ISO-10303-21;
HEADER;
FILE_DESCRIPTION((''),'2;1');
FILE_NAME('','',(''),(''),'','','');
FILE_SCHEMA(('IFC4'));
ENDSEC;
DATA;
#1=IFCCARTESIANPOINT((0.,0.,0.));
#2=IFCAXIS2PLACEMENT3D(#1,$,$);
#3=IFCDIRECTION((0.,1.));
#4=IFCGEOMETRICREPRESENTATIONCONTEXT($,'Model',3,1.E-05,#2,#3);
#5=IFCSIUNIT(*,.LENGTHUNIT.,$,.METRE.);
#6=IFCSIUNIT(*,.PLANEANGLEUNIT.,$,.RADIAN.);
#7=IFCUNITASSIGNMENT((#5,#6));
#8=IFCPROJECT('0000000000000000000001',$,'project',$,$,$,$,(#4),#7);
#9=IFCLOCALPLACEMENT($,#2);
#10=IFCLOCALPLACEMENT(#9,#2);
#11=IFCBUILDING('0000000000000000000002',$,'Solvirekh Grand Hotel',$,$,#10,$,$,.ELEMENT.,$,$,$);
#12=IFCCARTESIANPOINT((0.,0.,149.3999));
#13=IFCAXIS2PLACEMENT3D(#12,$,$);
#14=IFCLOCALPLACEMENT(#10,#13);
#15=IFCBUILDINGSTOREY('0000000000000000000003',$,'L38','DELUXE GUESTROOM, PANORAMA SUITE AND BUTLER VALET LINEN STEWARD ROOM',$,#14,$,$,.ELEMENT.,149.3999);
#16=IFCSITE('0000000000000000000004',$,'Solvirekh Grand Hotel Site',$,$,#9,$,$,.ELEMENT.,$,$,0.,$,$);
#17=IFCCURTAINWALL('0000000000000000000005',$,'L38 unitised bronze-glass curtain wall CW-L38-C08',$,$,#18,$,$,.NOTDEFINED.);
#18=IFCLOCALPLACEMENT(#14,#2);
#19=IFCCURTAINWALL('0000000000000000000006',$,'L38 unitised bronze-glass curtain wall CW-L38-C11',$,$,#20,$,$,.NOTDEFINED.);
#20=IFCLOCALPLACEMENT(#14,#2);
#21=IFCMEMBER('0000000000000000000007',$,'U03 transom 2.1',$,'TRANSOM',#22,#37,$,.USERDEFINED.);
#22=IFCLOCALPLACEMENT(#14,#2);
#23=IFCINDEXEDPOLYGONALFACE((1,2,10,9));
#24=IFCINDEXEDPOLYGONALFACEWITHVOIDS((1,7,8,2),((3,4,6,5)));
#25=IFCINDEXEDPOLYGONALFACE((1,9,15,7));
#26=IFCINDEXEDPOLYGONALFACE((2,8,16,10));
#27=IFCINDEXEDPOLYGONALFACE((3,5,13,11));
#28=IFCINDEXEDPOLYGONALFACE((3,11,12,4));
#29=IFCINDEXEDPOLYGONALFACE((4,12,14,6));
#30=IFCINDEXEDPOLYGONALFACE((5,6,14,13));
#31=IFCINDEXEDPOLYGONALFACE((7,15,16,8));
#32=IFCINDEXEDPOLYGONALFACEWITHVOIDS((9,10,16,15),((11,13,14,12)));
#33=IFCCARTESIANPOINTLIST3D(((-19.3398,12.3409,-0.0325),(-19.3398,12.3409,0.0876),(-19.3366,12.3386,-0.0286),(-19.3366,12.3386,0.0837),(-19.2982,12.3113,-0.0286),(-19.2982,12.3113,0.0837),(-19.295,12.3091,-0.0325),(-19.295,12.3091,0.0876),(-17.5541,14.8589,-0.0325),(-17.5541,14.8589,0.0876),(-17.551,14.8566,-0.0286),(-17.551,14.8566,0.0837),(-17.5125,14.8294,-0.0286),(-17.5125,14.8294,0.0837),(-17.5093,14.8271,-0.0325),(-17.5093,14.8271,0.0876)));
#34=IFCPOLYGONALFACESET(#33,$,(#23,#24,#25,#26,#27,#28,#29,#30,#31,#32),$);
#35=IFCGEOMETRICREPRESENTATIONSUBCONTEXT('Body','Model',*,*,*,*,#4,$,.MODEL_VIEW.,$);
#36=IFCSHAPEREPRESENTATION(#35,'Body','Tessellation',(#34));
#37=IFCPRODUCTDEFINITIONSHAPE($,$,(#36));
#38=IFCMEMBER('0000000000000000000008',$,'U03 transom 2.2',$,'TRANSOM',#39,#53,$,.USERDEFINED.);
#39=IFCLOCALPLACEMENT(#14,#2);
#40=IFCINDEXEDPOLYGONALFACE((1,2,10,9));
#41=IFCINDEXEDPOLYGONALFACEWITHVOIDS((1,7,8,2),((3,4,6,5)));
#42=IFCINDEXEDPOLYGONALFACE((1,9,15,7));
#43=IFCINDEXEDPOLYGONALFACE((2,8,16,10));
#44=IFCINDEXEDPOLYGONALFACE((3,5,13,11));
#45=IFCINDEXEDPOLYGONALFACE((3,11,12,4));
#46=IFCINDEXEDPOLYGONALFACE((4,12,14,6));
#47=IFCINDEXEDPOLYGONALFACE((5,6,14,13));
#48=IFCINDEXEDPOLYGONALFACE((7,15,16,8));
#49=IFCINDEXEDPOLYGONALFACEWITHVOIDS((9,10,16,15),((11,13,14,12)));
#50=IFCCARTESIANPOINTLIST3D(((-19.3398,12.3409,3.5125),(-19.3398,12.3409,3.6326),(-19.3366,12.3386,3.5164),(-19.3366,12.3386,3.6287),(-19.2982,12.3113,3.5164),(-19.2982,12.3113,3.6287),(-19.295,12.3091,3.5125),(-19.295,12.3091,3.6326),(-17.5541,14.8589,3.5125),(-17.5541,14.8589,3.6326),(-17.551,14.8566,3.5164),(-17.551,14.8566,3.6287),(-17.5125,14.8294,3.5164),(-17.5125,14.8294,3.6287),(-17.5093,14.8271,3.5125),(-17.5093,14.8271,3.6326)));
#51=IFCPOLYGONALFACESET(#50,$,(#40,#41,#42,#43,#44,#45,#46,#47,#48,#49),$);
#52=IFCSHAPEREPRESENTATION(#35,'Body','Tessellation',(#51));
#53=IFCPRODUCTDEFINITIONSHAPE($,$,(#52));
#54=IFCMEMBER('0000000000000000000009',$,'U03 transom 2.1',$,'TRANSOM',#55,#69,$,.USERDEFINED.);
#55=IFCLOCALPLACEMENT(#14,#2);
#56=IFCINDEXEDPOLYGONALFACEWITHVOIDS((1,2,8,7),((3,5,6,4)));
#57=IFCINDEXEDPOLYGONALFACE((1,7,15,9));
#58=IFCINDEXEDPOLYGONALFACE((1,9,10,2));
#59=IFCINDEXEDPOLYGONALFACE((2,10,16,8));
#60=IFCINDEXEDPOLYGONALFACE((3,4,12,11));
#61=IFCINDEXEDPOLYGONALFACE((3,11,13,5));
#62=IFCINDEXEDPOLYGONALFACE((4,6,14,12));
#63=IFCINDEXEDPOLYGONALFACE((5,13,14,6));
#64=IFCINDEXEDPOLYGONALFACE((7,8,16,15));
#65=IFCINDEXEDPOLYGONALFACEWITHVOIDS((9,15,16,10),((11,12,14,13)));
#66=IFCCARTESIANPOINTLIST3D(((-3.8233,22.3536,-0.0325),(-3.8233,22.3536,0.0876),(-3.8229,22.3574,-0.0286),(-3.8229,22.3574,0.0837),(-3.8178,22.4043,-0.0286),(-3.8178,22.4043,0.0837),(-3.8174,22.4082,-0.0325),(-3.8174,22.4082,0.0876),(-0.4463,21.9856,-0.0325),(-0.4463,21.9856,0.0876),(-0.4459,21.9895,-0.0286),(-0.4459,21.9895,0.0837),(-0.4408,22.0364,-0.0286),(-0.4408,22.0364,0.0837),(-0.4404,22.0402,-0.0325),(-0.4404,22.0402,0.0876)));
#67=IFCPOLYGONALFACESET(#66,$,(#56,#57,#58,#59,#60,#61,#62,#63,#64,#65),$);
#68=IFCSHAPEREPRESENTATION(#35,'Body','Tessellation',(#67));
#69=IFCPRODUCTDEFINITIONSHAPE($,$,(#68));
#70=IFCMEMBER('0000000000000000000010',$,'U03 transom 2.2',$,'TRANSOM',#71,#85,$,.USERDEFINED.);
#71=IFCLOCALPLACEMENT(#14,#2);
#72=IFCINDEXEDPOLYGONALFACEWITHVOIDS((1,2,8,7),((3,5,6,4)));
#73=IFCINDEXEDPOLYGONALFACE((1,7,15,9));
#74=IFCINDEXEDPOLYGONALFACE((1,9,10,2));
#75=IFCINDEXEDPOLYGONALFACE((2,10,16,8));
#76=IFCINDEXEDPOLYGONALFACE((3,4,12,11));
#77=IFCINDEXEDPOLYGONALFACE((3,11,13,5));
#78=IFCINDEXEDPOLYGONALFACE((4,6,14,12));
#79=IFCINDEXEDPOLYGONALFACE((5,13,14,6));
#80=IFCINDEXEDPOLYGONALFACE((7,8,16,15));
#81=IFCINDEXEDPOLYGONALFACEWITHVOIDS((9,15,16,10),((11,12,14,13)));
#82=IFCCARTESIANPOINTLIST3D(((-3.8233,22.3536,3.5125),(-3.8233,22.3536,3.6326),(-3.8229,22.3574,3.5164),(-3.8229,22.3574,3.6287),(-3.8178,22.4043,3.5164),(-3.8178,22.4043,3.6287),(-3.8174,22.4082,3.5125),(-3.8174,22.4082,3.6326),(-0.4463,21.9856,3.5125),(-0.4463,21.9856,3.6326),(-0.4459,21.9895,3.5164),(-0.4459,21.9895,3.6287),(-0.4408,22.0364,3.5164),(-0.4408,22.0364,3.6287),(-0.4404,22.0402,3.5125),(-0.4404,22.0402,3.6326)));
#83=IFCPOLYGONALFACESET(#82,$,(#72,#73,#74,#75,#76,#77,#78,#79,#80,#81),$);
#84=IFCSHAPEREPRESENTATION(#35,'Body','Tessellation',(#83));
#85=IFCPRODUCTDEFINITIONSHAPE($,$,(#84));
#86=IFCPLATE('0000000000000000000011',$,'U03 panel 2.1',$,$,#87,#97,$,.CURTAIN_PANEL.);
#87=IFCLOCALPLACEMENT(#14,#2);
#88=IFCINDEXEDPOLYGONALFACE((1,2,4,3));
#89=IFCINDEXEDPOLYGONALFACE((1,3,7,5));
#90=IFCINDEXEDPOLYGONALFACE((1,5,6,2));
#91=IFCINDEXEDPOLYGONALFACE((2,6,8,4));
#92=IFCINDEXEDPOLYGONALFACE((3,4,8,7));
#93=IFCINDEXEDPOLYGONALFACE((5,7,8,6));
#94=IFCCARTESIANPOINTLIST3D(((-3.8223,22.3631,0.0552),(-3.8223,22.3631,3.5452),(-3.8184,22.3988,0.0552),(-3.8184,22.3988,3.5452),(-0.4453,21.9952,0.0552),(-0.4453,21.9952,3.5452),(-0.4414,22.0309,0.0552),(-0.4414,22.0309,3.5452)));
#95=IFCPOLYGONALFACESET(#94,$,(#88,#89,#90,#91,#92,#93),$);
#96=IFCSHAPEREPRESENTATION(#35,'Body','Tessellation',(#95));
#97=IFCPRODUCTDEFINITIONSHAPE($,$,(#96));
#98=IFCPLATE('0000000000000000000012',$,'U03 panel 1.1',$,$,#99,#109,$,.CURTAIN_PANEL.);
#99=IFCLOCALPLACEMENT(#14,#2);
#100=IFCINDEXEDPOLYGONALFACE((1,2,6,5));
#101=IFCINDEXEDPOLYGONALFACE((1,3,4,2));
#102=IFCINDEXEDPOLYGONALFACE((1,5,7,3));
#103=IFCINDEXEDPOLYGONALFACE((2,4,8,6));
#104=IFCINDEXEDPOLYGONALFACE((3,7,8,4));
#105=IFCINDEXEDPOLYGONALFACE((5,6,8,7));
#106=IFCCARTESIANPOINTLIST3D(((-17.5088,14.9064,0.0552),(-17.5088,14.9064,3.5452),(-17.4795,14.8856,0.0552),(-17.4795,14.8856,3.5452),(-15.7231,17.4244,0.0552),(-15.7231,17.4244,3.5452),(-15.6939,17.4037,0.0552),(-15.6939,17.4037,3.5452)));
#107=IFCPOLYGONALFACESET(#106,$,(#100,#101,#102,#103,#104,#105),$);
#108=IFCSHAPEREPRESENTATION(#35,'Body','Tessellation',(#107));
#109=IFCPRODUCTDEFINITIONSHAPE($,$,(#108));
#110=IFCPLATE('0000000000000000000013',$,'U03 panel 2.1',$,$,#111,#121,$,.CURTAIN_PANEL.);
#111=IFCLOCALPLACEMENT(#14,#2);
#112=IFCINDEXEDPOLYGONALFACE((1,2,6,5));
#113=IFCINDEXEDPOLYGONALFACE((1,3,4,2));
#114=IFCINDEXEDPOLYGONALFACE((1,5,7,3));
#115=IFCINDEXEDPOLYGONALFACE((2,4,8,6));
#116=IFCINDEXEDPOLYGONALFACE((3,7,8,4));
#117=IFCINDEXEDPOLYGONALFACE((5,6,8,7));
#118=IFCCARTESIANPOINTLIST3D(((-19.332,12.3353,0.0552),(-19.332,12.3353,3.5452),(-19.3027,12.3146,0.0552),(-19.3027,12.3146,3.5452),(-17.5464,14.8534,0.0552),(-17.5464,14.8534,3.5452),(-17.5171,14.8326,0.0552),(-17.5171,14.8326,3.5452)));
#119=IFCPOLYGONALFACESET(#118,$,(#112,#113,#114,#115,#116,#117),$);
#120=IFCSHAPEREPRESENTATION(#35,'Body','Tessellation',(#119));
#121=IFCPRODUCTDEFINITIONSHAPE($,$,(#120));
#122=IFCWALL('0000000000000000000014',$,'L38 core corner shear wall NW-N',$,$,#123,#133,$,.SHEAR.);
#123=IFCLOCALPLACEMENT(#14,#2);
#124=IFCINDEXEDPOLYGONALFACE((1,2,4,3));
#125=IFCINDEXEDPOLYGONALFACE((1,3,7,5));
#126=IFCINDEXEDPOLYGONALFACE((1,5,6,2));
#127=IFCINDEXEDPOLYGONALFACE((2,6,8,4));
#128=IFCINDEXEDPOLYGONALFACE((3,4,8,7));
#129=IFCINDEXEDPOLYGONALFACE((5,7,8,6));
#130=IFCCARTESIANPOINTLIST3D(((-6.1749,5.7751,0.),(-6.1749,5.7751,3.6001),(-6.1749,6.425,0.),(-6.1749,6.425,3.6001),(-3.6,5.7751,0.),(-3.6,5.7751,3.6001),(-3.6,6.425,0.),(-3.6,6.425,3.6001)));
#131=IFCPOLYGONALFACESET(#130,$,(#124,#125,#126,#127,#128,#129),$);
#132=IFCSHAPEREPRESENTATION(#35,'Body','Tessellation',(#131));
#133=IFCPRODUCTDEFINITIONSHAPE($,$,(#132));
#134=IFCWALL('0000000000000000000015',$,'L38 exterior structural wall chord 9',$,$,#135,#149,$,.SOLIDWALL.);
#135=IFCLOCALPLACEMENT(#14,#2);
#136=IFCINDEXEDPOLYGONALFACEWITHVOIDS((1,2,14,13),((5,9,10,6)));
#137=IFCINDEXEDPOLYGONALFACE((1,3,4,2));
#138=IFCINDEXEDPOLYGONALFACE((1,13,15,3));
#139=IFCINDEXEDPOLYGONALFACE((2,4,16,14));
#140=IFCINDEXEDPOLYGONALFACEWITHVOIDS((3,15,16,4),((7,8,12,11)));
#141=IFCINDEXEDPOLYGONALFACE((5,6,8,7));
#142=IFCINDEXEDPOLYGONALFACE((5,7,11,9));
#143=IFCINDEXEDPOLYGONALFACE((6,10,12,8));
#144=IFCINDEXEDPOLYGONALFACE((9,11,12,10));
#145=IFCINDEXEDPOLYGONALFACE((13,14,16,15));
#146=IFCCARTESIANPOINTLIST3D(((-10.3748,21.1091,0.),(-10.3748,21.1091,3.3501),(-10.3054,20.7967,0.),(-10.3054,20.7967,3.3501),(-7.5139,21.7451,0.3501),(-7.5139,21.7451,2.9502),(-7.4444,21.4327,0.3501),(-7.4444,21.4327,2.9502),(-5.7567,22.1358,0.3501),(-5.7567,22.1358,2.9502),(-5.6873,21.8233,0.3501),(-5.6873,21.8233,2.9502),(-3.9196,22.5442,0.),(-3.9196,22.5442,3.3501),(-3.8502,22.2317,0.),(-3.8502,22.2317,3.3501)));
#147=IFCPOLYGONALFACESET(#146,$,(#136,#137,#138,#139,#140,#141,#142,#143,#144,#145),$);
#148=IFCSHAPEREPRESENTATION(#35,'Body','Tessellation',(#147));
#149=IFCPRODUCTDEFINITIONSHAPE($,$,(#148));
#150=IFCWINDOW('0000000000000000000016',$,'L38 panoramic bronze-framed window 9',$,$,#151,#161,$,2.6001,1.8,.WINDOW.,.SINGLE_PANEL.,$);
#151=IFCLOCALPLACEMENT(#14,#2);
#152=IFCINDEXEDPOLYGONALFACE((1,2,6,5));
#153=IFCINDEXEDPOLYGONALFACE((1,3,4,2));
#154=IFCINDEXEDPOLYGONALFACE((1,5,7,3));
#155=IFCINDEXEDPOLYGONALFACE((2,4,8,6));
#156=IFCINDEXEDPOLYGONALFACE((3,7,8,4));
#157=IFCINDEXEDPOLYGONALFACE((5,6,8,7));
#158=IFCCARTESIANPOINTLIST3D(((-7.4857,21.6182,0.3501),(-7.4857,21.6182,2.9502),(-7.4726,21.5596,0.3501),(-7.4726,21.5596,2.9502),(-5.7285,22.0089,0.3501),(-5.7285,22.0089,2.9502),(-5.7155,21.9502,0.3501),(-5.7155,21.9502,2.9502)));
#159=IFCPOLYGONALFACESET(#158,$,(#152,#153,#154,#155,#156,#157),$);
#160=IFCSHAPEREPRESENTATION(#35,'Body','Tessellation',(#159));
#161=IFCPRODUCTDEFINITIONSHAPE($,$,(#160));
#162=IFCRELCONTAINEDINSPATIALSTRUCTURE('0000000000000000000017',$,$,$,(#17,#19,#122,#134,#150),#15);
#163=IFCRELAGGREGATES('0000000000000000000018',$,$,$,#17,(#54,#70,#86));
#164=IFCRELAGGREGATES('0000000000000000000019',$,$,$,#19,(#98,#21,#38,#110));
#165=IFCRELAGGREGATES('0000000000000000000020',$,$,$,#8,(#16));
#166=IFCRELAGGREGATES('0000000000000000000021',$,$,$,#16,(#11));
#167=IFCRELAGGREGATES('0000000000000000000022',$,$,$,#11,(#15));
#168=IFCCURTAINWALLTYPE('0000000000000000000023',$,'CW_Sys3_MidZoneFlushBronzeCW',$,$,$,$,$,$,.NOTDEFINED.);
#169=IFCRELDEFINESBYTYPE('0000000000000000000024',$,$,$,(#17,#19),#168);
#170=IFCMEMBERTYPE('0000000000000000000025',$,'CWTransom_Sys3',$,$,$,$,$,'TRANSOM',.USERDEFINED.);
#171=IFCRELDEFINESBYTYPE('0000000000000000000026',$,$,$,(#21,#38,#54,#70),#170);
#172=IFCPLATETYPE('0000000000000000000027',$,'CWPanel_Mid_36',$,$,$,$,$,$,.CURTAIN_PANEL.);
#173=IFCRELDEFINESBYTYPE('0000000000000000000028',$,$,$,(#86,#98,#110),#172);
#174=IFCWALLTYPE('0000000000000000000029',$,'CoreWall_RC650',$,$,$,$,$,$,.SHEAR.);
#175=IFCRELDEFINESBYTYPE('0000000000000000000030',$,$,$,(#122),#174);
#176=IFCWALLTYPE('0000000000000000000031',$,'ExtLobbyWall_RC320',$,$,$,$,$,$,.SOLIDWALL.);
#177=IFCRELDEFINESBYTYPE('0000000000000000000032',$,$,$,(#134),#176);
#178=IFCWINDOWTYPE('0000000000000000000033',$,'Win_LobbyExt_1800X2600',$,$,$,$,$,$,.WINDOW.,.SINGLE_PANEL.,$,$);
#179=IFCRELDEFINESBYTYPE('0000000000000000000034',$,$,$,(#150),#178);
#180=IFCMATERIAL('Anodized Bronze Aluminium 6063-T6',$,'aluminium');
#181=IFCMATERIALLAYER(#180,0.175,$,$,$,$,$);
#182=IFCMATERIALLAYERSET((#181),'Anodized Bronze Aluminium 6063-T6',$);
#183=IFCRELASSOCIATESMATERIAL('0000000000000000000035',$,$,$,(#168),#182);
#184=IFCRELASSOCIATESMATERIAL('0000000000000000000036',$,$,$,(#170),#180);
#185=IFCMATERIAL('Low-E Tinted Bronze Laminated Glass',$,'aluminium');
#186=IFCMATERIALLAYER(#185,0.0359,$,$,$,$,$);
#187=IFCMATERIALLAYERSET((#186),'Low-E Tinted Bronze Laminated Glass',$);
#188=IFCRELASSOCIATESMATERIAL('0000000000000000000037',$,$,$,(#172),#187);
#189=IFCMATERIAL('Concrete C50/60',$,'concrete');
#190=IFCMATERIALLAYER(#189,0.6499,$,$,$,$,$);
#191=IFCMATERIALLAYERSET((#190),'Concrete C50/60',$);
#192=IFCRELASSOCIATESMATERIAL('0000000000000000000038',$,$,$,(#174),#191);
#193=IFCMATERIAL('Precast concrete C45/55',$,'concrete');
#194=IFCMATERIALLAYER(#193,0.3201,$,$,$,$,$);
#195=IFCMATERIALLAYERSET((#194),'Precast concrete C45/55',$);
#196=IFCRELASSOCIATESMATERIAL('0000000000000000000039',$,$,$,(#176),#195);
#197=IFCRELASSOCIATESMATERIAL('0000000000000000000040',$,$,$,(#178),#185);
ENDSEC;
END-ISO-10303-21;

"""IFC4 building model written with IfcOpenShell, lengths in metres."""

from ifc_helpers import new_model, si_unit, direction, frame, frame_2d, origin, origin_2d, place, context, subcontext, project, spatial, rectangle, hollow_rectangle, extrude, source, transform, mapped, material, layer, layer_set, material_profile, profile_set, type_object, element, fill, aggregate, save


model = new_model("IFC4")

# Units and contexts
model_context = context("Model", 3, precision=1e-05, world=origin(), true_north=direction((0.0, 1.0)))
body_context = subcontext(model_context, "Body", "Model", "MODEL_VIEW")
ifc_project = project(units=[si_unit("LENGTHUNIT", "METRE"), si_unit("PLANEANGLEUNIT", "RADIAN")], contexts=[model_context])

# Site, building, storey
site_placement = place(None, origin())
site = spatial("IfcSite", under=ifc_project, at=site_placement, Name="Solvirekh Grand Hotel Site", CompositionType="ELEMENT", RefElevation=0.0)
building_placement = place(site_placement, origin())
building = spatial("IfcBuilding", under=site, at=building_placement, Name="Solvirekh Grand Hotel", CompositionType="ELEMENT")
storey_placement = place(building_placement, frame((0.0, 0.0, 149.3999)))
storey = spatial("IfcBuildingStorey", under=building, at=storey_placement, Name="L38", Description="DELUXE GUESTROOM, PANORAMA SUITE AND BUTLER VALET LINEN STEWARD ROOM", CompositionType="ELEMENT", Elevation=149.3999)

# Shared definitions
ifc_material_1 = material(Name="Concrete C50/60", Category="concrete")

# Curtain walls, members
ifc_material_2 = material(Name="Anodized Bronze Aluminium 6063-T6", Category="aluminium")
ifc_layer_1 = layer(ifc_material_2, 0.175)
ifc_layer_set_1 = layer_set([ifc_layer_1], Name="Anodized Bronze Aluminium 6063-T6")
curtain_wall_type = type_object("IfcCurtainWallType", Name="CW_Sys3_MidZoneFlushBronzeCW", PredefinedType="NOTDEFINED", material=ifc_layer_set_1)
curtain_wall_1_placement = place(storey_placement, origin())
curtain_wall_1 = element("IfcCurtainWall", 1, at=curtain_wall_1_placement, inside=storey, type_object=curtain_wall_type, Name="L38 unitised bronze-glass curtain wall CW-L38-C08", PredefinedType="NOTDEFINED")
curtain_wall_2_placement = place(storey_placement, origin())
curtain_wall_2 = element("IfcCurtainWall", 2, at=curtain_wall_2_placement, inside=storey, type_object=curtain_wall_type, Name="L38 unitised bronze-glass curtain wall CW-L38-C11", PredefinedType="NOTDEFINED")
ifc_material_profile_1 = material_profile(ifc_material_2, hollow_rectangle(XDim=0.0549, YDim=0.1201, WallThickness=0.0039, at=origin_2d()), Name="ALU RHS 120X55X4")
ifc_profile_set_1 = profile_set([ifc_material_profile_1], Name="Anodized Bronze Aluminium 6063-T6")
member_type_1 = type_object("IfcMemberType", Name="CWTransom_Sys3", ElementType="TRANSOM", PredefinedType="USERDEFINED", material=ifc_profile_set_1)
shared_shape_1 = source(origin(), body_context, "Body", "SweptSolid", [
    extrude(hollow_rectangle(XDim=0.0549, YDim=0.1201, WallThickness=0.0039, at=origin_2d()), origin(), (0.0, 0.0, 1.0), 3.0869),
])
member_1_placement = place(storey_placement, frame((-17.5317, 14.843, 0.0276), z_axis=(-0.578452, -0.815717, 0.0), x_axis=(0.815717, -0.578452, 0.0)))
member_1 = element("IfcMember", 3, at=member_1_placement, type_object=member_type_1, Name="U03 transom 2.1", ObjectType="TRANSOM", PredefinedType="USERDEFINED", context=body_context, shape_type="MappedRepresentation", body=[
    mapped(shared_shape_1, transform((0.0, 0.0, 0.0), x_axis=(1.0, 0.0, 0.0), y_axis=(0.0, 1.0, 0.0), z_axis=(0.0, 0.0, 1.0), scale=1.0)),
])
member_2_placement = place(storey_placement, frame((-17.5317, 14.843, 3.5725), z_axis=(-0.578452, -0.815717, 0.0), x_axis=(0.815717, -0.578452, 0.0)))
member_2 = element("IfcMember", 4, at=member_2_placement, type_object=member_type_1, Name="U03 transom 2.2", ObjectType="TRANSOM", PredefinedType="USERDEFINED", context=body_context, shape_type="MappedRepresentation", body=[
    mapped(shared_shape_1, transform((0.0, 0.0, 0.0), x_axis=(1.0, 0.0, 0.0), y_axis=(0.0, 1.0, 0.0), z_axis=(0.0, 0.0, 1.0), scale=1.0)),
])

# Members
shared_shape_2 = source(origin(), body_context, "Body", "SweptSolid", [
    extrude(hollow_rectangle(XDim=0.0549, YDim=0.1201, WallThickness=0.0039, at=origin_2d()), origin(), (0.0, 0.0, 1.0), 3.397),
])
member_3_placement = place(storey_placement, frame((-0.4434, 22.0129, 0.0276), z_axis=(-0.994117, 0.108309, 0.0), x_axis=(-0.108309, -0.994117, 0.0)))
member_3 = element("IfcMember", 5, at=member_3_placement, type_object=member_type_1, Name="U03 transom 2.1", ObjectType="TRANSOM", PredefinedType="USERDEFINED", context=body_context, shape_type="MappedRepresentation", body=[
    mapped(shared_shape_2, transform((0.0, 0.0, 0.0), x_axis=(1.0, 0.0, 0.0), y_axis=(0.0, 1.0, 0.0), z_axis=(0.0, 0.0, 1.0), scale=1.0)),
])
member_4_placement = place(storey_placement, frame((-0.4434, 22.0129, 3.5725), z_axis=(-0.994117, 0.108309, 0.0), x_axis=(-0.108309, -0.994117, 0.0)))
member_4 = element("IfcMember", 6, at=member_4_placement, type_object=member_type_1, Name="U03 transom 2.2", ObjectType="TRANSOM", PredefinedType="USERDEFINED", context=body_context, shape_type="MappedRepresentation", body=[
    mapped(shared_shape_2, transform((0.0, 0.0, 0.0), x_axis=(1.0, 0.0, 0.0), y_axis=(0.0, 1.0, 0.0), z_axis=(0.0, 0.0, 1.0), scale=1.0)),
])

# Plates
ifc_material_3 = material(Name="Low-E Tinted Bronze Laminated Glass", Category="aluminium")
ifc_layer_2 = layer(ifc_material_3, 0.0359)
ifc_layer_set_2 = layer_set([ifc_layer_2], Name="Low-E Tinted Bronze Laminated Glass")
plate_type = type_object("IfcPlateType", Name="CWPanel_Mid_36", PredefinedType="CURTAIN_PANEL", material=ifc_layer_set_2)
shared_shape_3 = source(origin(), body_context, "Body", "SweptSolid", [
    extrude(rectangle(XDim=3.397, YDim=0.0359, at=origin_2d()), origin(), (0.0, 0.0, 1.0), 3.49),
])
plate_1_placement = place(storey_placement, frame((-2.1318, 22.197, 0.0552), z_axis=(0.0, 0.0, 1.0), x_axis=(-0.994117, 0.108311, 0.0)))
plate_1 = element("IfcPlate", 7, at=plate_1_placement, type_object=plate_type, Name="U03 panel 2.1", PredefinedType="CURTAIN_PANEL", context=body_context, shape_type="MappedRepresentation", body=[
    mapped(shared_shape_3, transform((0.0, 0.0, 0.0), x_axis=(1.0, 0.0, 0.0), y_axis=(0.0, 1.0, 0.0), z_axis=(0.0, 0.0, 1.0), scale=1.0)),
])
aggregate(curtain_wall_1, [member_3, member_4, plate_1])
shared_shape_4 = source(origin(), body_context, "Body", "SweptSolid", [
    extrude(rectangle(XDim=3.0869, YDim=0.0359, at=origin_2d()), origin(), (0.0, 0.0, 1.0), 3.49),
])
plate_2_placement = place(storey_placement, frame((-16.6013, 16.155, 0.0552), z_axis=(0.0, 0.0, 1.0), x_axis=(-0.578457, -0.815713, 0.0)))
plate_2 = element("IfcPlate", 8, at=plate_2_placement, type_object=plate_type, Name="U03 panel 1.1", PredefinedType="CURTAIN_PANEL", context=body_context, shape_type="MappedRepresentation", body=[
    mapped(shared_shape_4, transform((0.0, 0.0, 0.0), x_axis=(1.0, 0.0, 0.0), y_axis=(0.0, 1.0, 0.0), z_axis=(0.0, 0.0, 1.0), scale=1.0)),
])
plate_3_placement = place(storey_placement, frame((-18.4246, 13.584, 0.0552), z_axis=(0.0, 0.0, 1.0), x_axis=(-0.578457, -0.815713, 0.0)))
plate_3 = element("IfcPlate", 9, at=plate_3_placement, type_object=plate_type, Name="U03 panel 2.1", PredefinedType="CURTAIN_PANEL", context=body_context, shape_type="MappedRepresentation", body=[
    mapped(shared_shape_4, transform((0.0, 0.0, 0.0), x_axis=(1.0, 0.0, 0.0), y_axis=(0.0, 1.0, 0.0), z_axis=(0.0, 0.0, 1.0), scale=1.0)),
])
aggregate(curtain_wall_2, [plate_2, member_1, member_2, plate_3])

# Wall
ifc_layer_3 = layer(ifc_material_1, 0.6499)
ifc_layer_set_3 = layer_set([ifc_layer_3], Name="Concrete C50/60")
wall_type_1 = type_object("IfcWallType", Name="CoreWall_RC650", PredefinedType="SHEAR", material=ifc_layer_set_3)
wall_1_placement = place(storey_placement, frame((-6.175, 6.1001, 0.0), z_axis=(0.0, 0.0, 1.0), x_axis=(1.0, 0.0, 0.0)))
element("IfcWall", 10, at=wall_1_placement, inside=storey, type_object=wall_type_1, Name="L38 core corner shear wall NW-N", PredefinedType="SHEAR", context=body_context, shape_type="SweptSolid", body=[
    extrude(rectangle(XDim=2.575, YDim=0.6499, at=frame_2d((1.2876, 0.0))), origin(), (0.0, 0.0, 1.0), 3.6001),
])

# Wall, opening, window
ifc_material_4 = material(Name="Precast concrete C45/55", Category="concrete")
ifc_layer_4 = layer(ifc_material_4, 0.3201)
ifc_layer_set_4 = layer_set([ifc_layer_4], Name="Precast concrete C45/55")
wall_type_2 = type_object("IfcWallType", Name="ExtLobbyWall_RC320", PredefinedType="SOLIDWALL", material=ifc_layer_set_4)
wall_2_placement = place(storey_placement, frame((-10.3401, 20.9529, 0.0), z_axis=(0.0, 0.0, 1.0), x_axis=(0.976168, 0.217016, 0.0)))
wall_2 = element("IfcWall", 11, at=wall_2_placement, inside=storey, type_object=wall_type_2, Name="L38 exterior structural wall chord 9", PredefinedType="SOLIDWALL", context=body_context, shape_type="SweptSolid", body=[
    extrude(rectangle(XDim=6.6128, YDim=0.3201, at=frame_2d((3.3064, 0.0))), origin(), (0.0, 0.0, 1.0), 3.3501),
])
opening_1_placement = place(wall_2_placement, frame((2.9309, 0.0, 0.3501)))
opening_1 = element("IfcOpeningElement", 12, at=opening_1_placement, cuts=wall_2, PredefinedType="OPENING", context=body_context, shape_type="SweptSolid", body=[
    extrude(rectangle(XDim=1.8, YDim=2.6001, at=frame_2d((0.8999, 1.3))), frame((0.0, 0.1699, 0.0), z_axis=(0.0, -1.0, 0.0), x_axis=(1.0, 0.0, 0.0)), (0.0, 0.0, 1.0), 0.3401),
])
window_type = type_object("IfcWindowType", Name="Win_LobbyExt_1800X2600", PartitioningType="SINGLE_PANEL", PredefinedType="WINDOW", material=ifc_material_3)
window_1_placement = place(opening_1_placement, origin())
window_1 = element("IfcWindow", 13, at=window_1_placement, inside=storey, type_object=window_type, Name="L38 panoramic bronze-framed window 9", OverallHeight=2.6001, OverallWidth=1.8, PartitioningType="SINGLE_PANEL", PredefinedType="WINDOW", context=body_context, shape_type="SweptSolid", body=[
    extrude(rectangle(XDim=1.8, YDim=2.6001, at=frame_2d((0.8999, 1.3))), frame((0.0, 0.03, 0.0), z_axis=(0.0, -1.0, 0.0), x_axis=(1.0, 0.0, 0.0)), (0.0, 0.0, 1.0), 0.0601),
])
fill(opening_1, window_1)

save(model, "model.ifc")
